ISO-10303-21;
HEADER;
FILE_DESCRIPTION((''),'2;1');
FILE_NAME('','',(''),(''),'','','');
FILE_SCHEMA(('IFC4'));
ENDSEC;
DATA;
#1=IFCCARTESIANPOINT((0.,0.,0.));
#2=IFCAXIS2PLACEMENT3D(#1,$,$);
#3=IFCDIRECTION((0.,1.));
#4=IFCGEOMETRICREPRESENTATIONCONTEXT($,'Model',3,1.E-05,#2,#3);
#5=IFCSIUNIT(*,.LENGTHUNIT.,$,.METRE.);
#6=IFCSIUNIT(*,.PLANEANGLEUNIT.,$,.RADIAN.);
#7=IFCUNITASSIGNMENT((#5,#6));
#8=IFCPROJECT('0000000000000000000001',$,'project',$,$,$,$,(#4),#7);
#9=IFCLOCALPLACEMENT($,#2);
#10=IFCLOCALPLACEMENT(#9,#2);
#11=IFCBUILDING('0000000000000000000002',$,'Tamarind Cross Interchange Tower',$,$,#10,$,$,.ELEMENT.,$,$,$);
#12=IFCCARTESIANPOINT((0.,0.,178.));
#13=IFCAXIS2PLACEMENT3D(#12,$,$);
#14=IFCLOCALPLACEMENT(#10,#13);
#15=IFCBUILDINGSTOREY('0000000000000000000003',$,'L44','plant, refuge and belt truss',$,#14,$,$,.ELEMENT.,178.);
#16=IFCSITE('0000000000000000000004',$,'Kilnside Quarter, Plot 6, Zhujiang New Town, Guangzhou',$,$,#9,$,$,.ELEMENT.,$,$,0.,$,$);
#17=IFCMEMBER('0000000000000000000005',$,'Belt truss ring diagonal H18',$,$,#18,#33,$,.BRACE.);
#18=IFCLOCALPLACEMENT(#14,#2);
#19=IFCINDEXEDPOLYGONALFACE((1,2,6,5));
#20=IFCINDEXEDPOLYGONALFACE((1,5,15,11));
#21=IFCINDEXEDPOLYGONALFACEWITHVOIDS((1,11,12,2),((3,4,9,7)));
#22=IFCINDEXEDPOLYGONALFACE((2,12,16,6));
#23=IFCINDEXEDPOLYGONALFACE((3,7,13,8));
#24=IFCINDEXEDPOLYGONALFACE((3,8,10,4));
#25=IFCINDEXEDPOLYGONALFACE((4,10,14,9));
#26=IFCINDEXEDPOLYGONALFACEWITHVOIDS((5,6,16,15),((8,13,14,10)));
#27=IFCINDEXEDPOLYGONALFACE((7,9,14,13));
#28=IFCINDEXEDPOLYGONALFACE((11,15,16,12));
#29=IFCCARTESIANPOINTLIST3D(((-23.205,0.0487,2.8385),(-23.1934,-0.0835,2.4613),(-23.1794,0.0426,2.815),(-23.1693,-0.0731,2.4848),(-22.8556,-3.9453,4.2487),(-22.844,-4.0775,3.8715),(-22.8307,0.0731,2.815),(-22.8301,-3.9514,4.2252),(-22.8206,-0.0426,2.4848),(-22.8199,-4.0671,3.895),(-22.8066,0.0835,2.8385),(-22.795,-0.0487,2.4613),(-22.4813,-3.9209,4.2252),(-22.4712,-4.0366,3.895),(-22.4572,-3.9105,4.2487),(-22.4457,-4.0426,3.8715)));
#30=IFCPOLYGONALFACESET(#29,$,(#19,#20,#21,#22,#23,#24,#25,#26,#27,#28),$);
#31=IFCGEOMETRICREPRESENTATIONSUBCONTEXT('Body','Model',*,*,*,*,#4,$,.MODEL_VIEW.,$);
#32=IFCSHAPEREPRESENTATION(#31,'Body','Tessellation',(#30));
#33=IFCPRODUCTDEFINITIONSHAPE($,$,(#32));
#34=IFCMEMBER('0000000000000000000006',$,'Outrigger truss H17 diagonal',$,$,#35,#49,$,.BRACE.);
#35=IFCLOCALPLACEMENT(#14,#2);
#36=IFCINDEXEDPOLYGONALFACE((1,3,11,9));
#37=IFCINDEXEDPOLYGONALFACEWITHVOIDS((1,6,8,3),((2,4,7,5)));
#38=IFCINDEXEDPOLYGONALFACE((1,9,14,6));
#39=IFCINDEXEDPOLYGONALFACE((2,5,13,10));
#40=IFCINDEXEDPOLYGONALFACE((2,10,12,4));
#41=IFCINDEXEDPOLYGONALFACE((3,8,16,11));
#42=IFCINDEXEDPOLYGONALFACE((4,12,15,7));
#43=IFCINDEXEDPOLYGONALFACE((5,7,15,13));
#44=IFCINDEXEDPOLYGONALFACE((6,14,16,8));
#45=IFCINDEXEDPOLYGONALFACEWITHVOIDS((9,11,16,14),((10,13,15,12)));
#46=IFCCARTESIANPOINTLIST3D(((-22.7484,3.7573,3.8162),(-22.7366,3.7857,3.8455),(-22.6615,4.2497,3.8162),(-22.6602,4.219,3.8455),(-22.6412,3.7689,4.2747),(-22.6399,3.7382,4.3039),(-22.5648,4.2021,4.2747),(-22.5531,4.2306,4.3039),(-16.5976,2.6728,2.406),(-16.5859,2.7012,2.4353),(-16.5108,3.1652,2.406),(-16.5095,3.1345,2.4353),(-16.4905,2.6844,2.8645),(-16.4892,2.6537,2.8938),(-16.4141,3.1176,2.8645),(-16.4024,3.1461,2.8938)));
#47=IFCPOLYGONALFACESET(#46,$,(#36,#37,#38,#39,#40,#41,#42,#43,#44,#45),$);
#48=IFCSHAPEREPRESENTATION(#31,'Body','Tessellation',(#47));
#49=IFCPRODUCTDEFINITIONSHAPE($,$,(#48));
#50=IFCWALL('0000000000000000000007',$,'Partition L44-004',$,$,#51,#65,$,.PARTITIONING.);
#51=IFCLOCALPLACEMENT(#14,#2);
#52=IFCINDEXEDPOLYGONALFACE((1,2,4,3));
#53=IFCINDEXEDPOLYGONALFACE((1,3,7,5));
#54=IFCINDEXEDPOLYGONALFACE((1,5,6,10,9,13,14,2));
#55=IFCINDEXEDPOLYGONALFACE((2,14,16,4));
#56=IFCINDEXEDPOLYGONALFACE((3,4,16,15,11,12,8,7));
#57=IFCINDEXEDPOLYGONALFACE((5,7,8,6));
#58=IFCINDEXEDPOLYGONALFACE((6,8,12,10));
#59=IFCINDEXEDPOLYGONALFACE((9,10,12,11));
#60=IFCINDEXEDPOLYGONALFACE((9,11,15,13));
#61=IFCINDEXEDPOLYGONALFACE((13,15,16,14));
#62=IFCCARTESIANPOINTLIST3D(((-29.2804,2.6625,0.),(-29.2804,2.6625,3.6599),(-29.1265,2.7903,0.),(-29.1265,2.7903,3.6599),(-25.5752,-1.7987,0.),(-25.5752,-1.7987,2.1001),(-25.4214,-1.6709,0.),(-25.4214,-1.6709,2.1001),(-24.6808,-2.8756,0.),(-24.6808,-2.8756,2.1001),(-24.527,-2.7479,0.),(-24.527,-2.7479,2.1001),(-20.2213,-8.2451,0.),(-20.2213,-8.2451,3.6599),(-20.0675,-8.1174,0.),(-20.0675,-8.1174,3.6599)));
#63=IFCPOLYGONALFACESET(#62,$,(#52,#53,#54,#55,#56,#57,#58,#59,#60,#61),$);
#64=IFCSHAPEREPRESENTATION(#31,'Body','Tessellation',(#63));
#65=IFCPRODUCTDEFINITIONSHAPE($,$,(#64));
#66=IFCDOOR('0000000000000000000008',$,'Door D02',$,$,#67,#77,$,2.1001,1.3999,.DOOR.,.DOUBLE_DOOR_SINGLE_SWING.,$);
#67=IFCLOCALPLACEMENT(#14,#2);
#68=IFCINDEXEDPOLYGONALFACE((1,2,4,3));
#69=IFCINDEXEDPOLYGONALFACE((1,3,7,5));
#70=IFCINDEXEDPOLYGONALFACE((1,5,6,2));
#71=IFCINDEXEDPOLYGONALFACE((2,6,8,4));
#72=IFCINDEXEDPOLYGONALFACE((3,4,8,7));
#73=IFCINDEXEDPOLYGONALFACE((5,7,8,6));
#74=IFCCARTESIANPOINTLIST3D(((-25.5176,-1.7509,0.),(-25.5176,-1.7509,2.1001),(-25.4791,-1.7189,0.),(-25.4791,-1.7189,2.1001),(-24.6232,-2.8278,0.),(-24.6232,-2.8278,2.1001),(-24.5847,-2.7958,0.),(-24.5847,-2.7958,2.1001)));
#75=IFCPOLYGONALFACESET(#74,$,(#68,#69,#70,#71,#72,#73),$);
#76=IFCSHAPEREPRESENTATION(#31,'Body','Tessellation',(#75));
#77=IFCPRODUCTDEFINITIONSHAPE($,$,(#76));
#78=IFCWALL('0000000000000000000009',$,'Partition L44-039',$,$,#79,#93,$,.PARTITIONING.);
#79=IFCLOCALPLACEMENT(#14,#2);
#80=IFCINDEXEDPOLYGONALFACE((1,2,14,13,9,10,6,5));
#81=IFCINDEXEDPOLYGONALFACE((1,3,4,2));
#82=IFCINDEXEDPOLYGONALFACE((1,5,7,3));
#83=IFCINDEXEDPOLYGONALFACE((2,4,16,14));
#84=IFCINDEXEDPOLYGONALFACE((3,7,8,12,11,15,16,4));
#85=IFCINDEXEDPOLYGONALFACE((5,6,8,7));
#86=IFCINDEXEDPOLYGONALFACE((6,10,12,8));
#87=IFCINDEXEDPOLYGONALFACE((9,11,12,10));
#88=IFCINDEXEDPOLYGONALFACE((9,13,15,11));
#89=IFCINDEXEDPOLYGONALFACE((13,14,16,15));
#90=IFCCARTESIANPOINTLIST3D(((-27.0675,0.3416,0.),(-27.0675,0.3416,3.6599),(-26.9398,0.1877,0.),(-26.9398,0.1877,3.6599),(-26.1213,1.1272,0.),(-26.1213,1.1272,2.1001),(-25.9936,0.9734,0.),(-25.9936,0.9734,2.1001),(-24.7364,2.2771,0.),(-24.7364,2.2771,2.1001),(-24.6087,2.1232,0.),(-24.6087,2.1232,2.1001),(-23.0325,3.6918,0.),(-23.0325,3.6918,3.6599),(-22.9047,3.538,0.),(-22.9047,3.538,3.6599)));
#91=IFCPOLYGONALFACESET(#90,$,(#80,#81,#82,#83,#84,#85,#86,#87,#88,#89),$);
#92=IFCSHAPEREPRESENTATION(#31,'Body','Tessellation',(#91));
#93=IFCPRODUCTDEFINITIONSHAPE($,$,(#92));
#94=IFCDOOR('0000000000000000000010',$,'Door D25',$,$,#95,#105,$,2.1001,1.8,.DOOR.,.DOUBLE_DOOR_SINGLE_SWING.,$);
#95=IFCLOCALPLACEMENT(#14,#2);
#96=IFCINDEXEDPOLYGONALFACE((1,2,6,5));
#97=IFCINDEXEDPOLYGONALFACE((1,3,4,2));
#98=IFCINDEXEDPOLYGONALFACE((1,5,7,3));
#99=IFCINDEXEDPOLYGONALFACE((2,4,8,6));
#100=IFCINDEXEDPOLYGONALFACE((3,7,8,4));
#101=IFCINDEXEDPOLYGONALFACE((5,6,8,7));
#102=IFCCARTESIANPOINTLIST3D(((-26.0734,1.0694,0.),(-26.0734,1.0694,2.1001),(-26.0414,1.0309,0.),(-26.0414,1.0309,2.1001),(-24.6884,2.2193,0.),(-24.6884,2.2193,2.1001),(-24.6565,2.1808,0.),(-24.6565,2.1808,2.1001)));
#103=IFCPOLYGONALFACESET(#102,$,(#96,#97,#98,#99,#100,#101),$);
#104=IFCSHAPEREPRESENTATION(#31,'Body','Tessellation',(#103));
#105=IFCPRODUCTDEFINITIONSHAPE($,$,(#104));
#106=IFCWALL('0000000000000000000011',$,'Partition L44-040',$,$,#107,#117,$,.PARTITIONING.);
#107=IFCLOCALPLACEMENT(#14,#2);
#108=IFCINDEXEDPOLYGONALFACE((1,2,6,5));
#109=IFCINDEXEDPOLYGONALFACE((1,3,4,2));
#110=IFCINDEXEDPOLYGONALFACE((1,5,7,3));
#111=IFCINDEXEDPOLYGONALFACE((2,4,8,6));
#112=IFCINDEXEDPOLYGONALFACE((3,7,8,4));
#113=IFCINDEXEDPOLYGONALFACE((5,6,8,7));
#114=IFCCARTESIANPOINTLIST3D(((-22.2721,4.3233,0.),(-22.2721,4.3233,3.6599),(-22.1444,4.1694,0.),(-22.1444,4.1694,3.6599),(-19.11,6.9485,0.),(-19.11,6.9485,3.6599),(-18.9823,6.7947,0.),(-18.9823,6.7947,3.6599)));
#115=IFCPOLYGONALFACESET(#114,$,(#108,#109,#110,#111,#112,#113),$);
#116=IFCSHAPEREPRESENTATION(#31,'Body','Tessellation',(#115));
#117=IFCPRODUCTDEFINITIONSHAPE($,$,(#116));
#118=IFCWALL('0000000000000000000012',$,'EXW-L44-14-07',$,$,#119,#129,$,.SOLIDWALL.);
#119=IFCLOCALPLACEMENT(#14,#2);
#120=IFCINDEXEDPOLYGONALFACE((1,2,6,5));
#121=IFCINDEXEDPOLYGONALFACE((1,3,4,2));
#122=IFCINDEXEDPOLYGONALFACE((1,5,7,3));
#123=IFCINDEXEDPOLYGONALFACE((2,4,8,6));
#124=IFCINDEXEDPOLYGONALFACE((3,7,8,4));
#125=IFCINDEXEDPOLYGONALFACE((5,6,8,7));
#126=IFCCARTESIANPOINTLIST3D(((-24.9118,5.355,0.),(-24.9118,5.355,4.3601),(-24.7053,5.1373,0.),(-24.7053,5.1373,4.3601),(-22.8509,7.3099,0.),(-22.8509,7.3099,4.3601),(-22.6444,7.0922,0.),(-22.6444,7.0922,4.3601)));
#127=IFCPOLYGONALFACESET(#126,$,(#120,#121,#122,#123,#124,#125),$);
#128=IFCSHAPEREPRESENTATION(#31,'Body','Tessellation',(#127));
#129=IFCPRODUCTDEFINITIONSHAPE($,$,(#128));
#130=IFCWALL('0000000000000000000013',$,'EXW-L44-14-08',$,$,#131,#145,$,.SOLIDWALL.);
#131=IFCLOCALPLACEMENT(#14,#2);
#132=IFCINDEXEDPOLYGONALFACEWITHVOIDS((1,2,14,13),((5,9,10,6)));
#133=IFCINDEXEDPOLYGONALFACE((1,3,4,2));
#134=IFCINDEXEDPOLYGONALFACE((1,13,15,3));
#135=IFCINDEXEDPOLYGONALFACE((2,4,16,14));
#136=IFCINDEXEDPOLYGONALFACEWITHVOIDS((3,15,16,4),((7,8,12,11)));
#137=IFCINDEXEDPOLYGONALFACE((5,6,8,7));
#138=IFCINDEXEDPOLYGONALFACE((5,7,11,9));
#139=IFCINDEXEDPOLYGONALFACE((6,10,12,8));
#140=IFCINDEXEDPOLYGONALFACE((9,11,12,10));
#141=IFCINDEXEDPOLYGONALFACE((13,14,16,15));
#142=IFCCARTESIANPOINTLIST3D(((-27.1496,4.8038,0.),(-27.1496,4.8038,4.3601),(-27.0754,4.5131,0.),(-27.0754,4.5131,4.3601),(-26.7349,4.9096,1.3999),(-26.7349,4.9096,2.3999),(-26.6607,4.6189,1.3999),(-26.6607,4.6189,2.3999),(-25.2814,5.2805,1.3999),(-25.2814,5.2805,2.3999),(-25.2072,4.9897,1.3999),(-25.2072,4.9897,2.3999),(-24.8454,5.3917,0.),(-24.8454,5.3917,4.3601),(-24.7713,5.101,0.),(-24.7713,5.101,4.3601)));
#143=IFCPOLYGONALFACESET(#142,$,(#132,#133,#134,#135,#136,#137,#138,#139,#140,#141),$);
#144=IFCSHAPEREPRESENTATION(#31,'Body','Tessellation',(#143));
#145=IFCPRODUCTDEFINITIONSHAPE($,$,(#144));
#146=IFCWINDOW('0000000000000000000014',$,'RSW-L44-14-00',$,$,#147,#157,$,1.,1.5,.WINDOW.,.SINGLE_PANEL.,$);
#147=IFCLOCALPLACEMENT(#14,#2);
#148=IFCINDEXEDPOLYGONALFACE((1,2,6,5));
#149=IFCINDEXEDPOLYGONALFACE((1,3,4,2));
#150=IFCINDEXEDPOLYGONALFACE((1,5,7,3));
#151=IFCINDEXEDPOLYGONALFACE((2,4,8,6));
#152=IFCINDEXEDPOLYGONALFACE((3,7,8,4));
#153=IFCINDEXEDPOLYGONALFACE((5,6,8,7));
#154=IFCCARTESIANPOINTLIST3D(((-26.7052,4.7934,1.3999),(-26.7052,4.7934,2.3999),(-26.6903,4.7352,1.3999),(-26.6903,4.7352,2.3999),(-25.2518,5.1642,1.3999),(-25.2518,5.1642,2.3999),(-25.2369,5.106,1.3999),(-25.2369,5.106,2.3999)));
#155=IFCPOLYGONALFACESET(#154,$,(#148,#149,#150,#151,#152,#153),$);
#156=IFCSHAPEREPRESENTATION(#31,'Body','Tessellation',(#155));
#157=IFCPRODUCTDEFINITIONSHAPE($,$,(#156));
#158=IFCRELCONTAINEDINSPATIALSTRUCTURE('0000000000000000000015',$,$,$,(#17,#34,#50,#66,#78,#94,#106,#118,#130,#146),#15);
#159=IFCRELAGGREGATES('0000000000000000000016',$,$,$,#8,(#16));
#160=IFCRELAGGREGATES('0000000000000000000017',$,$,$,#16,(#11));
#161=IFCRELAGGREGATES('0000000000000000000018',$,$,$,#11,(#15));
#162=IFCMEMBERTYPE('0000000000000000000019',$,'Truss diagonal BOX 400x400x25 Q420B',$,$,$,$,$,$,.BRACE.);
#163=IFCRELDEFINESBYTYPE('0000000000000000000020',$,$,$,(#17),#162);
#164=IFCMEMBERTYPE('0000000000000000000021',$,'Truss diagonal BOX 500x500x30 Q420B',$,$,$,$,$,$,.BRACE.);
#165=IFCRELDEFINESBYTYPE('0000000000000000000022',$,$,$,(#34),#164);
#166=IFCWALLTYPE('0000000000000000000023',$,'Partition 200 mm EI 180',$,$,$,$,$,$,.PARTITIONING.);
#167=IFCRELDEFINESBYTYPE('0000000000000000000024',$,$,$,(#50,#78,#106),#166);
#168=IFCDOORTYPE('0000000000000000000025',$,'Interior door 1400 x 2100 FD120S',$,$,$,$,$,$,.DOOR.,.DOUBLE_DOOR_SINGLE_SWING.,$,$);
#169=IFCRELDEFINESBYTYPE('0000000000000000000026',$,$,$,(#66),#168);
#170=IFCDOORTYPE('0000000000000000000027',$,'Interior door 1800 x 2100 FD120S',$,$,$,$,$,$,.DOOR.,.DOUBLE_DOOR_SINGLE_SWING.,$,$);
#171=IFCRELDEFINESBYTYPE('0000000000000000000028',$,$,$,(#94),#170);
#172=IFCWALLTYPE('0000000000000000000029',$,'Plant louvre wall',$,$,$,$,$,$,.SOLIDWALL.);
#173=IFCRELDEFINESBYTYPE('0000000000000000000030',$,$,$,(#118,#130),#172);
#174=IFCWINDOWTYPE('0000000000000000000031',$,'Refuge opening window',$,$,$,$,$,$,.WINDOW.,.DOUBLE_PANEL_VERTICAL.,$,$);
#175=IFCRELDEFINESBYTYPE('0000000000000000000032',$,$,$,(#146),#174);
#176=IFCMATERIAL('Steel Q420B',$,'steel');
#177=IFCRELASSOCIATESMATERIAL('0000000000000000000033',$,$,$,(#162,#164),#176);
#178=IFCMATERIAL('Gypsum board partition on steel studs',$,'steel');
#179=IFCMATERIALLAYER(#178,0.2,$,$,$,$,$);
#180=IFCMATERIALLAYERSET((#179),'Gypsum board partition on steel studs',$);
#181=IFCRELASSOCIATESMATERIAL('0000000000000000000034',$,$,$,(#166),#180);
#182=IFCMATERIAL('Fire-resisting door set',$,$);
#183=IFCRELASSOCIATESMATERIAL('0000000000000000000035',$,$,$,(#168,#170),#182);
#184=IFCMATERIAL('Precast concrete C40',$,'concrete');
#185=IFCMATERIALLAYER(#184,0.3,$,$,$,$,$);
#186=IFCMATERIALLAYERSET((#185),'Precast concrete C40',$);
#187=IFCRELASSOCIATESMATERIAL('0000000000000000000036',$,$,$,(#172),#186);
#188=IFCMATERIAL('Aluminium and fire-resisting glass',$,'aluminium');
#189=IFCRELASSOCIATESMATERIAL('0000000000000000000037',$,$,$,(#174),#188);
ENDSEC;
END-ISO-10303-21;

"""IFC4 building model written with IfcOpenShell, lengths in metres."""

from ifc_helpers import new_model, si_unit, direction, frame, frame_2d, origin, origin_2d, place, context, subcontext, project, spatial, rectangle, hollow_rectangle, extrude, material, layer, layer_set, material_profile, profile_set, type_object, element, fill, save


model = new_model("IFC4")

# Units and contexts
model_context = context("Model", 3, precision=1e-05, world=origin(), true_north=direction((0.0, 1.0)))
body_context = subcontext(model_context, "Body", "Model", "MODEL_VIEW")
ifc_project = project(units=[si_unit("LENGTHUNIT", "METRE"), si_unit("PLANEANGLEUNIT", "RADIAN")], contexts=[model_context])

# Site, building, storey
site_placement = place(None, origin())
site = spatial("IfcSite", under=ifc_project, at=site_placement, Name="Kilnside Quarter, Plot 6, Zhujiang New Town, Guangzhou", CompositionType="ELEMENT", RefElevation=0.0)
building_placement = place(site_placement, origin())
building = spatial("IfcBuilding", under=site, at=building_placement, Name="Tamarind Cross Interchange Tower", CompositionType="ELEMENT")
storey_placement = place(building_placement, frame((0.0, 0.0, 178.0)))
storey = spatial("IfcBuildingStorey", under=building, at=storey_placement, Name="L44", Description="plant, refuge and belt truss", CompositionType="ELEMENT", Elevation=178.0)

# Members
ifc_material_1 = material(Name="Steel Q420B", Category="steel")
ifc_material_profile_1 = material_profile(ifc_material_1, hollow_rectangle(XDim=0.3999, YDim=0.3999, WallThickness=0.0249, at=origin_2d()), Name="BOX 400x400x25")
ifc_profile_set_1 = profile_set([ifc_material_profile_1], Name="Steel Q420B")
member_type_1 = type_object("IfcMemberType", Name="Truss diagonal BOX 400x400x25 Q420B", PredefinedType="BRACE", material=ifc_profile_set_1)
for number, where, z_axis, x_axis, name in (
    (1, (-23.0, 0.0, 2.6499), (0.082205, -0.939758, 0.331808), (0.996196, 0.087142, 0.0), "Belt truss ring diagonal H18"),
):
    element("IfcMember", number, at=place(storey_placement, frame(where, z_axis=z_axis, x_axis=x_axis)), inside=storey, type_object=member_type_1, Name=name, PredefinedType="BRACE", context=body_context, shape_type="SweptSolid", body=[
        extrude(hollow_rectangle(XDim=0.3999, YDim=0.3999, WallThickness=0.0249, at=origin_2d()), origin(), (0.0, 0.0, 1.0), 4.25),
    ])
ifc_material_profile_2 = material_profile(ifc_material_1, hollow_rectangle(XDim=0.5, YDim=0.5, WallThickness=0.03, at=origin_2d()), Name="BOX 500x500x30")
ifc_profile_set_2 = profile_set([ifc_material_profile_2], Name="Steel Q420B")
member_type_2 = type_object("IfcMemberType", Name="Truss diagonal BOX 500x500x30 Q420B", PredefinedType="BRACE", material=ifc_profile_set_2)
member_1_placement = place(storey_placement, frame((-16.5, 2.9094, 2.6499), z_axis=(-0.960627, 0.169377, 0.220243), x_axis=(-0.17364, -0.984809, 0.0)))
element("IfcMember", 2, at=member_1_placement, inside=storey, type_object=member_type_2, Name="Outrigger truss H17 diagonal", PredefinedType="BRACE", context=body_context, shape_type="SweptSolid", body=[
    extrude(hollow_rectangle(XDim=0.5, YDim=0.5, WallThickness=0.03, at=origin_2d()), origin(), (0.0, 0.0, 1.0), 6.4028),
])

# Walls, openings, doors
ifc_material_2 = material(Name="Gypsum board partition on steel studs", Category="steel")
ifc_layer_1 = layer(ifc_material_2, 0.2)
ifc_layer_set_1 = layer_set([ifc_layer_1], Name="Gypsum board partition on steel studs")
wall_type_1 = type_object("IfcWallType", Name="Partition 200 mm EI 180", PredefinedType="PARTITIONING", material=ifc_layer_set_1)
wall_1_placement = place(storey_placement, frame((-29.2034, 2.7263, 0.0), z_axis=(0.0, 0.0, 1.0), x_axis=(0.638907, -0.769284, 0.0)))
wall_1 = element("IfcWall", 3, at=wall_1_placement, inside=storey, type_object=wall_type_1, Name="Partition L44-004", PredefinedType="PARTITIONING", context=body_context, shape_type="SweptSolid", body=[
    extrude(rectangle(XDim=14.179, YDim=0.2, at=frame_2d((7.0894, 0.0))), origin(), (0.0, 0.0, 1.0), 3.6599),
])
opening_1_placement = place(wall_1_placement, frame((5.7991, 0.0, 0.0)))
opening_1 = element("IfcOpeningElement", 4, at=opening_1_placement, cuts=wall_1, PredefinedType="OPENING", context=body_context, shape_type="SweptSolid", body=[
    extrude(rectangle(XDim=1.3999, YDim=2.1001, at=frame_2d((0.7, 1.05))), frame((0.0, 0.1099, 0.0), z_axis=(0.0, -1.0, 0.0), x_axis=(1.0, 0.0, 0.0)), (0.0, 0.0, 1.0), 0.22),
])
ifc_material_3 = material(Name="Fire-resisting door set")
door_type_1 = type_object("IfcDoorType", Name="Interior door 1400 x 2100 FD120S", OperationType="DOUBLE_DOOR_SINGLE_SWING", PredefinedType="DOOR", material=ifc_material_3)
door_1_placement = place(opening_1_placement, origin())
door_1 = element("IfcDoor", 5, at=door_1_placement, inside=storey, type_object=door_type_1, Name="Door D02", OperationType="DOUBLE_DOOR_SINGLE_SWING", OverallHeight=2.1001, OverallWidth=1.3999, PredefinedType="DOOR", context=body_context, shape_type="SweptSolid", body=[
    extrude(rectangle(XDim=1.3999, YDim=2.1001, at=frame_2d((0.7, 1.05))), frame((0.0, 0.0249, 0.0), z_axis=(0.0, -1.0, 0.0), x_axis=(1.0, 0.0, 0.0)), (0.0, 0.0, 1.0), 0.05),
])
fill(opening_1, door_1)
wall_2_placement = place(storey_placement, frame((-27.0037, 0.2646, 0.0), z_axis=(0.0, 0.0, 1.0), x_axis=(0.769372, 0.638801, 0.0)))
wall_2 = element("IfcWall", 6, at=wall_2_placement, inside=storey, type_object=wall_type_1, Name="Partition L44-039", PredefinedType="PARTITIONING", context=body_context, shape_type="SweptSolid", body=[
    extrude(rectangle(XDim=5.2446, YDim=0.2, at=frame_2d((2.6223, 0.0))), origin(), (0.0, 0.0, 1.0), 3.6599),
])
opening_2_placement = place(wall_2_placement, frame((1.23, 0.0, 0.0)))
opening_2 = element("IfcOpeningElement", 7, at=opening_2_placement, cuts=wall_2, PredefinedType="OPENING", context=body_context, shape_type="SweptSolid", body=[
    extrude(rectangle(XDim=1.8, YDim=2.1001, at=frame_2d((0.8999, 1.05))), frame((0.0, 0.1099, 0.0), z_axis=(0.0, -1.0, 0.0), x_axis=(1.0, 0.0, 0.0)), (0.0, 0.0, 1.0), 0.22),
])
door_type_2 = type_object("IfcDoorType", Name="Interior door 1800 x 2100 FD120S", OperationType="DOUBLE_DOOR_SINGLE_SWING", PredefinedType="DOOR", material=ifc_material_3)
door_2_placement = place(opening_2_placement, origin())
door_2 = element("IfcDoor", 8, at=door_2_placement, inside=storey, type_object=door_type_2, Name="Door D25", OperationType="DOUBLE_DOOR_SINGLE_SWING", OverallHeight=2.1001, OverallWidth=1.8, PredefinedType="DOOR", context=body_context, shape_type="SweptSolid", body=[
    extrude(rectangle(XDim=1.8, YDim=2.1001, at=frame_2d((0.8999, 1.05))), frame((0.0, 0.0249, 0.0), z_axis=(0.0, -1.0, 0.0), x_axis=(1.0, 0.0, 0.0)), (0.0, 0.0, 1.0), 0.05),
])
fill(opening_2, door_2)

# Walls
wall_3_placement = place(storey_placement, frame((-22.2083, 4.2463, 0.0), z_axis=(0.0, 0.0, 1.0), x_axis=(0.769398, 0.638769, 0.0)))
element("IfcWall", 9, at=wall_3_placement, inside=storey, type_object=wall_type_1, Name="Partition L44-040", PredefinedType="PARTITIONING", context=body_context, shape_type="SweptSolid", body=[
    extrude(rectangle(XDim=4.1099, YDim=0.2, at=frame_2d((2.0549, 0.0))), origin(), (0.0, 0.0, 1.0), 3.6599),
])
ifc_material_4 = material(Name="Precast concrete C40", Category="concrete")
ifc_layer_2 = layer(ifc_material_4, 0.3)
ifc_layer_set_2 = layer_set([ifc_layer_2], Name="Precast concrete C40")
wall_type_2 = type_object("IfcWallType", Name="Plant louvre wall", PredefinedType="SOLIDWALL", material=ifc_layer_set_2)
wall_4_placement = place(storey_placement, frame((-22.7476, 7.2012, 0.0), z_axis=(0.0, 0.0, 1.0), x_axis=(-0.725512, -0.688209, 0.0)))
element("IfcWall", 10, at=wall_4_placement, inside=storey, type_object=wall_type_2, Name="EXW-L44-14-07", PredefinedType="SOLIDWALL", context=body_context, shape_type="SweptSolid", body=[
    extrude(rectangle(XDim=2.8406, YDim=0.3, at=frame_2d((1.4204, 0.0))), origin(), (0.0, 0.0, 1.0), 4.3601),
])

# Wall, opening, window
wall_5_placement = place(storey_placement, frame((-24.8083, 5.2463, 0.0), z_axis=(0.0, 0.0, 1.0), x_axis=(-0.96896, -0.247219, 0.0)))
wall_5 = element("IfcWall", 11, at=wall_5_placement, inside=storey, type_object=wall_type_2, Name="EXW-L44-14-08", PredefinedType="SOLIDWALL", context=body_context, shape_type="SweptSolid", body=[
    extrude(rectangle(XDim=2.3779, YDim=0.3, at=frame_2d((1.189, 0.0))), origin(), (0.0, 0.0, 1.0), 4.3601),
])
opening_3_placement = place(wall_5_placement, frame((0.45, 0.0, 1.3999)))
opening_3 = element("IfcOpeningElement", 12, at=opening_3_placement, cuts=wall_5, PredefinedType="OPENING", context=body_context, shape_type="SweptSolid", body=[
    extrude(rectangle(XDim=1.5, YDim=1.0, at=frame_2d((0.75, 0.5))), frame((0.0, 0.1599, 0.0), z_axis=(0.0, -1.0, 0.0), x_axis=(1.0, 0.0, 0.0)), (0.0, 0.0, 1.0), 0.3201),
])
ifc_material_5 = material(Name="Aluminium and fire-resisting glass", Category="aluminium")
window_type_1 = type_object("IfcWindowType", Name="Refuge opening window", PartitioningType="DOUBLE_PANEL_VERTICAL", PredefinedType="WINDOW", material=ifc_material_5)
window_1_placement = place(opening_3_placement, origin())
window_1 = element("IfcWindow", 13, at=window_1_placement, inside=storey, type_object=window_type_1, Name="RSW-L44-14-00", OverallHeight=1.0, OverallWidth=1.5, PartitioningType="SINGLE_PANEL", PredefinedType="WINDOW", context=body_context, shape_type="SweptSolid", body=[
    extrude(rectangle(XDim=1.5, YDim=1.0, at=frame_2d((0.75, 0.5))), frame((0.0, 0.03, 0.0), z_axis=(0.0, -1.0, 0.0), x_axis=(1.0, 0.0, 0.0)), (0.0, 0.0, 1.0), 0.0601),
])
fill(opening_3, window_1)

save(model, "model.ifc")
